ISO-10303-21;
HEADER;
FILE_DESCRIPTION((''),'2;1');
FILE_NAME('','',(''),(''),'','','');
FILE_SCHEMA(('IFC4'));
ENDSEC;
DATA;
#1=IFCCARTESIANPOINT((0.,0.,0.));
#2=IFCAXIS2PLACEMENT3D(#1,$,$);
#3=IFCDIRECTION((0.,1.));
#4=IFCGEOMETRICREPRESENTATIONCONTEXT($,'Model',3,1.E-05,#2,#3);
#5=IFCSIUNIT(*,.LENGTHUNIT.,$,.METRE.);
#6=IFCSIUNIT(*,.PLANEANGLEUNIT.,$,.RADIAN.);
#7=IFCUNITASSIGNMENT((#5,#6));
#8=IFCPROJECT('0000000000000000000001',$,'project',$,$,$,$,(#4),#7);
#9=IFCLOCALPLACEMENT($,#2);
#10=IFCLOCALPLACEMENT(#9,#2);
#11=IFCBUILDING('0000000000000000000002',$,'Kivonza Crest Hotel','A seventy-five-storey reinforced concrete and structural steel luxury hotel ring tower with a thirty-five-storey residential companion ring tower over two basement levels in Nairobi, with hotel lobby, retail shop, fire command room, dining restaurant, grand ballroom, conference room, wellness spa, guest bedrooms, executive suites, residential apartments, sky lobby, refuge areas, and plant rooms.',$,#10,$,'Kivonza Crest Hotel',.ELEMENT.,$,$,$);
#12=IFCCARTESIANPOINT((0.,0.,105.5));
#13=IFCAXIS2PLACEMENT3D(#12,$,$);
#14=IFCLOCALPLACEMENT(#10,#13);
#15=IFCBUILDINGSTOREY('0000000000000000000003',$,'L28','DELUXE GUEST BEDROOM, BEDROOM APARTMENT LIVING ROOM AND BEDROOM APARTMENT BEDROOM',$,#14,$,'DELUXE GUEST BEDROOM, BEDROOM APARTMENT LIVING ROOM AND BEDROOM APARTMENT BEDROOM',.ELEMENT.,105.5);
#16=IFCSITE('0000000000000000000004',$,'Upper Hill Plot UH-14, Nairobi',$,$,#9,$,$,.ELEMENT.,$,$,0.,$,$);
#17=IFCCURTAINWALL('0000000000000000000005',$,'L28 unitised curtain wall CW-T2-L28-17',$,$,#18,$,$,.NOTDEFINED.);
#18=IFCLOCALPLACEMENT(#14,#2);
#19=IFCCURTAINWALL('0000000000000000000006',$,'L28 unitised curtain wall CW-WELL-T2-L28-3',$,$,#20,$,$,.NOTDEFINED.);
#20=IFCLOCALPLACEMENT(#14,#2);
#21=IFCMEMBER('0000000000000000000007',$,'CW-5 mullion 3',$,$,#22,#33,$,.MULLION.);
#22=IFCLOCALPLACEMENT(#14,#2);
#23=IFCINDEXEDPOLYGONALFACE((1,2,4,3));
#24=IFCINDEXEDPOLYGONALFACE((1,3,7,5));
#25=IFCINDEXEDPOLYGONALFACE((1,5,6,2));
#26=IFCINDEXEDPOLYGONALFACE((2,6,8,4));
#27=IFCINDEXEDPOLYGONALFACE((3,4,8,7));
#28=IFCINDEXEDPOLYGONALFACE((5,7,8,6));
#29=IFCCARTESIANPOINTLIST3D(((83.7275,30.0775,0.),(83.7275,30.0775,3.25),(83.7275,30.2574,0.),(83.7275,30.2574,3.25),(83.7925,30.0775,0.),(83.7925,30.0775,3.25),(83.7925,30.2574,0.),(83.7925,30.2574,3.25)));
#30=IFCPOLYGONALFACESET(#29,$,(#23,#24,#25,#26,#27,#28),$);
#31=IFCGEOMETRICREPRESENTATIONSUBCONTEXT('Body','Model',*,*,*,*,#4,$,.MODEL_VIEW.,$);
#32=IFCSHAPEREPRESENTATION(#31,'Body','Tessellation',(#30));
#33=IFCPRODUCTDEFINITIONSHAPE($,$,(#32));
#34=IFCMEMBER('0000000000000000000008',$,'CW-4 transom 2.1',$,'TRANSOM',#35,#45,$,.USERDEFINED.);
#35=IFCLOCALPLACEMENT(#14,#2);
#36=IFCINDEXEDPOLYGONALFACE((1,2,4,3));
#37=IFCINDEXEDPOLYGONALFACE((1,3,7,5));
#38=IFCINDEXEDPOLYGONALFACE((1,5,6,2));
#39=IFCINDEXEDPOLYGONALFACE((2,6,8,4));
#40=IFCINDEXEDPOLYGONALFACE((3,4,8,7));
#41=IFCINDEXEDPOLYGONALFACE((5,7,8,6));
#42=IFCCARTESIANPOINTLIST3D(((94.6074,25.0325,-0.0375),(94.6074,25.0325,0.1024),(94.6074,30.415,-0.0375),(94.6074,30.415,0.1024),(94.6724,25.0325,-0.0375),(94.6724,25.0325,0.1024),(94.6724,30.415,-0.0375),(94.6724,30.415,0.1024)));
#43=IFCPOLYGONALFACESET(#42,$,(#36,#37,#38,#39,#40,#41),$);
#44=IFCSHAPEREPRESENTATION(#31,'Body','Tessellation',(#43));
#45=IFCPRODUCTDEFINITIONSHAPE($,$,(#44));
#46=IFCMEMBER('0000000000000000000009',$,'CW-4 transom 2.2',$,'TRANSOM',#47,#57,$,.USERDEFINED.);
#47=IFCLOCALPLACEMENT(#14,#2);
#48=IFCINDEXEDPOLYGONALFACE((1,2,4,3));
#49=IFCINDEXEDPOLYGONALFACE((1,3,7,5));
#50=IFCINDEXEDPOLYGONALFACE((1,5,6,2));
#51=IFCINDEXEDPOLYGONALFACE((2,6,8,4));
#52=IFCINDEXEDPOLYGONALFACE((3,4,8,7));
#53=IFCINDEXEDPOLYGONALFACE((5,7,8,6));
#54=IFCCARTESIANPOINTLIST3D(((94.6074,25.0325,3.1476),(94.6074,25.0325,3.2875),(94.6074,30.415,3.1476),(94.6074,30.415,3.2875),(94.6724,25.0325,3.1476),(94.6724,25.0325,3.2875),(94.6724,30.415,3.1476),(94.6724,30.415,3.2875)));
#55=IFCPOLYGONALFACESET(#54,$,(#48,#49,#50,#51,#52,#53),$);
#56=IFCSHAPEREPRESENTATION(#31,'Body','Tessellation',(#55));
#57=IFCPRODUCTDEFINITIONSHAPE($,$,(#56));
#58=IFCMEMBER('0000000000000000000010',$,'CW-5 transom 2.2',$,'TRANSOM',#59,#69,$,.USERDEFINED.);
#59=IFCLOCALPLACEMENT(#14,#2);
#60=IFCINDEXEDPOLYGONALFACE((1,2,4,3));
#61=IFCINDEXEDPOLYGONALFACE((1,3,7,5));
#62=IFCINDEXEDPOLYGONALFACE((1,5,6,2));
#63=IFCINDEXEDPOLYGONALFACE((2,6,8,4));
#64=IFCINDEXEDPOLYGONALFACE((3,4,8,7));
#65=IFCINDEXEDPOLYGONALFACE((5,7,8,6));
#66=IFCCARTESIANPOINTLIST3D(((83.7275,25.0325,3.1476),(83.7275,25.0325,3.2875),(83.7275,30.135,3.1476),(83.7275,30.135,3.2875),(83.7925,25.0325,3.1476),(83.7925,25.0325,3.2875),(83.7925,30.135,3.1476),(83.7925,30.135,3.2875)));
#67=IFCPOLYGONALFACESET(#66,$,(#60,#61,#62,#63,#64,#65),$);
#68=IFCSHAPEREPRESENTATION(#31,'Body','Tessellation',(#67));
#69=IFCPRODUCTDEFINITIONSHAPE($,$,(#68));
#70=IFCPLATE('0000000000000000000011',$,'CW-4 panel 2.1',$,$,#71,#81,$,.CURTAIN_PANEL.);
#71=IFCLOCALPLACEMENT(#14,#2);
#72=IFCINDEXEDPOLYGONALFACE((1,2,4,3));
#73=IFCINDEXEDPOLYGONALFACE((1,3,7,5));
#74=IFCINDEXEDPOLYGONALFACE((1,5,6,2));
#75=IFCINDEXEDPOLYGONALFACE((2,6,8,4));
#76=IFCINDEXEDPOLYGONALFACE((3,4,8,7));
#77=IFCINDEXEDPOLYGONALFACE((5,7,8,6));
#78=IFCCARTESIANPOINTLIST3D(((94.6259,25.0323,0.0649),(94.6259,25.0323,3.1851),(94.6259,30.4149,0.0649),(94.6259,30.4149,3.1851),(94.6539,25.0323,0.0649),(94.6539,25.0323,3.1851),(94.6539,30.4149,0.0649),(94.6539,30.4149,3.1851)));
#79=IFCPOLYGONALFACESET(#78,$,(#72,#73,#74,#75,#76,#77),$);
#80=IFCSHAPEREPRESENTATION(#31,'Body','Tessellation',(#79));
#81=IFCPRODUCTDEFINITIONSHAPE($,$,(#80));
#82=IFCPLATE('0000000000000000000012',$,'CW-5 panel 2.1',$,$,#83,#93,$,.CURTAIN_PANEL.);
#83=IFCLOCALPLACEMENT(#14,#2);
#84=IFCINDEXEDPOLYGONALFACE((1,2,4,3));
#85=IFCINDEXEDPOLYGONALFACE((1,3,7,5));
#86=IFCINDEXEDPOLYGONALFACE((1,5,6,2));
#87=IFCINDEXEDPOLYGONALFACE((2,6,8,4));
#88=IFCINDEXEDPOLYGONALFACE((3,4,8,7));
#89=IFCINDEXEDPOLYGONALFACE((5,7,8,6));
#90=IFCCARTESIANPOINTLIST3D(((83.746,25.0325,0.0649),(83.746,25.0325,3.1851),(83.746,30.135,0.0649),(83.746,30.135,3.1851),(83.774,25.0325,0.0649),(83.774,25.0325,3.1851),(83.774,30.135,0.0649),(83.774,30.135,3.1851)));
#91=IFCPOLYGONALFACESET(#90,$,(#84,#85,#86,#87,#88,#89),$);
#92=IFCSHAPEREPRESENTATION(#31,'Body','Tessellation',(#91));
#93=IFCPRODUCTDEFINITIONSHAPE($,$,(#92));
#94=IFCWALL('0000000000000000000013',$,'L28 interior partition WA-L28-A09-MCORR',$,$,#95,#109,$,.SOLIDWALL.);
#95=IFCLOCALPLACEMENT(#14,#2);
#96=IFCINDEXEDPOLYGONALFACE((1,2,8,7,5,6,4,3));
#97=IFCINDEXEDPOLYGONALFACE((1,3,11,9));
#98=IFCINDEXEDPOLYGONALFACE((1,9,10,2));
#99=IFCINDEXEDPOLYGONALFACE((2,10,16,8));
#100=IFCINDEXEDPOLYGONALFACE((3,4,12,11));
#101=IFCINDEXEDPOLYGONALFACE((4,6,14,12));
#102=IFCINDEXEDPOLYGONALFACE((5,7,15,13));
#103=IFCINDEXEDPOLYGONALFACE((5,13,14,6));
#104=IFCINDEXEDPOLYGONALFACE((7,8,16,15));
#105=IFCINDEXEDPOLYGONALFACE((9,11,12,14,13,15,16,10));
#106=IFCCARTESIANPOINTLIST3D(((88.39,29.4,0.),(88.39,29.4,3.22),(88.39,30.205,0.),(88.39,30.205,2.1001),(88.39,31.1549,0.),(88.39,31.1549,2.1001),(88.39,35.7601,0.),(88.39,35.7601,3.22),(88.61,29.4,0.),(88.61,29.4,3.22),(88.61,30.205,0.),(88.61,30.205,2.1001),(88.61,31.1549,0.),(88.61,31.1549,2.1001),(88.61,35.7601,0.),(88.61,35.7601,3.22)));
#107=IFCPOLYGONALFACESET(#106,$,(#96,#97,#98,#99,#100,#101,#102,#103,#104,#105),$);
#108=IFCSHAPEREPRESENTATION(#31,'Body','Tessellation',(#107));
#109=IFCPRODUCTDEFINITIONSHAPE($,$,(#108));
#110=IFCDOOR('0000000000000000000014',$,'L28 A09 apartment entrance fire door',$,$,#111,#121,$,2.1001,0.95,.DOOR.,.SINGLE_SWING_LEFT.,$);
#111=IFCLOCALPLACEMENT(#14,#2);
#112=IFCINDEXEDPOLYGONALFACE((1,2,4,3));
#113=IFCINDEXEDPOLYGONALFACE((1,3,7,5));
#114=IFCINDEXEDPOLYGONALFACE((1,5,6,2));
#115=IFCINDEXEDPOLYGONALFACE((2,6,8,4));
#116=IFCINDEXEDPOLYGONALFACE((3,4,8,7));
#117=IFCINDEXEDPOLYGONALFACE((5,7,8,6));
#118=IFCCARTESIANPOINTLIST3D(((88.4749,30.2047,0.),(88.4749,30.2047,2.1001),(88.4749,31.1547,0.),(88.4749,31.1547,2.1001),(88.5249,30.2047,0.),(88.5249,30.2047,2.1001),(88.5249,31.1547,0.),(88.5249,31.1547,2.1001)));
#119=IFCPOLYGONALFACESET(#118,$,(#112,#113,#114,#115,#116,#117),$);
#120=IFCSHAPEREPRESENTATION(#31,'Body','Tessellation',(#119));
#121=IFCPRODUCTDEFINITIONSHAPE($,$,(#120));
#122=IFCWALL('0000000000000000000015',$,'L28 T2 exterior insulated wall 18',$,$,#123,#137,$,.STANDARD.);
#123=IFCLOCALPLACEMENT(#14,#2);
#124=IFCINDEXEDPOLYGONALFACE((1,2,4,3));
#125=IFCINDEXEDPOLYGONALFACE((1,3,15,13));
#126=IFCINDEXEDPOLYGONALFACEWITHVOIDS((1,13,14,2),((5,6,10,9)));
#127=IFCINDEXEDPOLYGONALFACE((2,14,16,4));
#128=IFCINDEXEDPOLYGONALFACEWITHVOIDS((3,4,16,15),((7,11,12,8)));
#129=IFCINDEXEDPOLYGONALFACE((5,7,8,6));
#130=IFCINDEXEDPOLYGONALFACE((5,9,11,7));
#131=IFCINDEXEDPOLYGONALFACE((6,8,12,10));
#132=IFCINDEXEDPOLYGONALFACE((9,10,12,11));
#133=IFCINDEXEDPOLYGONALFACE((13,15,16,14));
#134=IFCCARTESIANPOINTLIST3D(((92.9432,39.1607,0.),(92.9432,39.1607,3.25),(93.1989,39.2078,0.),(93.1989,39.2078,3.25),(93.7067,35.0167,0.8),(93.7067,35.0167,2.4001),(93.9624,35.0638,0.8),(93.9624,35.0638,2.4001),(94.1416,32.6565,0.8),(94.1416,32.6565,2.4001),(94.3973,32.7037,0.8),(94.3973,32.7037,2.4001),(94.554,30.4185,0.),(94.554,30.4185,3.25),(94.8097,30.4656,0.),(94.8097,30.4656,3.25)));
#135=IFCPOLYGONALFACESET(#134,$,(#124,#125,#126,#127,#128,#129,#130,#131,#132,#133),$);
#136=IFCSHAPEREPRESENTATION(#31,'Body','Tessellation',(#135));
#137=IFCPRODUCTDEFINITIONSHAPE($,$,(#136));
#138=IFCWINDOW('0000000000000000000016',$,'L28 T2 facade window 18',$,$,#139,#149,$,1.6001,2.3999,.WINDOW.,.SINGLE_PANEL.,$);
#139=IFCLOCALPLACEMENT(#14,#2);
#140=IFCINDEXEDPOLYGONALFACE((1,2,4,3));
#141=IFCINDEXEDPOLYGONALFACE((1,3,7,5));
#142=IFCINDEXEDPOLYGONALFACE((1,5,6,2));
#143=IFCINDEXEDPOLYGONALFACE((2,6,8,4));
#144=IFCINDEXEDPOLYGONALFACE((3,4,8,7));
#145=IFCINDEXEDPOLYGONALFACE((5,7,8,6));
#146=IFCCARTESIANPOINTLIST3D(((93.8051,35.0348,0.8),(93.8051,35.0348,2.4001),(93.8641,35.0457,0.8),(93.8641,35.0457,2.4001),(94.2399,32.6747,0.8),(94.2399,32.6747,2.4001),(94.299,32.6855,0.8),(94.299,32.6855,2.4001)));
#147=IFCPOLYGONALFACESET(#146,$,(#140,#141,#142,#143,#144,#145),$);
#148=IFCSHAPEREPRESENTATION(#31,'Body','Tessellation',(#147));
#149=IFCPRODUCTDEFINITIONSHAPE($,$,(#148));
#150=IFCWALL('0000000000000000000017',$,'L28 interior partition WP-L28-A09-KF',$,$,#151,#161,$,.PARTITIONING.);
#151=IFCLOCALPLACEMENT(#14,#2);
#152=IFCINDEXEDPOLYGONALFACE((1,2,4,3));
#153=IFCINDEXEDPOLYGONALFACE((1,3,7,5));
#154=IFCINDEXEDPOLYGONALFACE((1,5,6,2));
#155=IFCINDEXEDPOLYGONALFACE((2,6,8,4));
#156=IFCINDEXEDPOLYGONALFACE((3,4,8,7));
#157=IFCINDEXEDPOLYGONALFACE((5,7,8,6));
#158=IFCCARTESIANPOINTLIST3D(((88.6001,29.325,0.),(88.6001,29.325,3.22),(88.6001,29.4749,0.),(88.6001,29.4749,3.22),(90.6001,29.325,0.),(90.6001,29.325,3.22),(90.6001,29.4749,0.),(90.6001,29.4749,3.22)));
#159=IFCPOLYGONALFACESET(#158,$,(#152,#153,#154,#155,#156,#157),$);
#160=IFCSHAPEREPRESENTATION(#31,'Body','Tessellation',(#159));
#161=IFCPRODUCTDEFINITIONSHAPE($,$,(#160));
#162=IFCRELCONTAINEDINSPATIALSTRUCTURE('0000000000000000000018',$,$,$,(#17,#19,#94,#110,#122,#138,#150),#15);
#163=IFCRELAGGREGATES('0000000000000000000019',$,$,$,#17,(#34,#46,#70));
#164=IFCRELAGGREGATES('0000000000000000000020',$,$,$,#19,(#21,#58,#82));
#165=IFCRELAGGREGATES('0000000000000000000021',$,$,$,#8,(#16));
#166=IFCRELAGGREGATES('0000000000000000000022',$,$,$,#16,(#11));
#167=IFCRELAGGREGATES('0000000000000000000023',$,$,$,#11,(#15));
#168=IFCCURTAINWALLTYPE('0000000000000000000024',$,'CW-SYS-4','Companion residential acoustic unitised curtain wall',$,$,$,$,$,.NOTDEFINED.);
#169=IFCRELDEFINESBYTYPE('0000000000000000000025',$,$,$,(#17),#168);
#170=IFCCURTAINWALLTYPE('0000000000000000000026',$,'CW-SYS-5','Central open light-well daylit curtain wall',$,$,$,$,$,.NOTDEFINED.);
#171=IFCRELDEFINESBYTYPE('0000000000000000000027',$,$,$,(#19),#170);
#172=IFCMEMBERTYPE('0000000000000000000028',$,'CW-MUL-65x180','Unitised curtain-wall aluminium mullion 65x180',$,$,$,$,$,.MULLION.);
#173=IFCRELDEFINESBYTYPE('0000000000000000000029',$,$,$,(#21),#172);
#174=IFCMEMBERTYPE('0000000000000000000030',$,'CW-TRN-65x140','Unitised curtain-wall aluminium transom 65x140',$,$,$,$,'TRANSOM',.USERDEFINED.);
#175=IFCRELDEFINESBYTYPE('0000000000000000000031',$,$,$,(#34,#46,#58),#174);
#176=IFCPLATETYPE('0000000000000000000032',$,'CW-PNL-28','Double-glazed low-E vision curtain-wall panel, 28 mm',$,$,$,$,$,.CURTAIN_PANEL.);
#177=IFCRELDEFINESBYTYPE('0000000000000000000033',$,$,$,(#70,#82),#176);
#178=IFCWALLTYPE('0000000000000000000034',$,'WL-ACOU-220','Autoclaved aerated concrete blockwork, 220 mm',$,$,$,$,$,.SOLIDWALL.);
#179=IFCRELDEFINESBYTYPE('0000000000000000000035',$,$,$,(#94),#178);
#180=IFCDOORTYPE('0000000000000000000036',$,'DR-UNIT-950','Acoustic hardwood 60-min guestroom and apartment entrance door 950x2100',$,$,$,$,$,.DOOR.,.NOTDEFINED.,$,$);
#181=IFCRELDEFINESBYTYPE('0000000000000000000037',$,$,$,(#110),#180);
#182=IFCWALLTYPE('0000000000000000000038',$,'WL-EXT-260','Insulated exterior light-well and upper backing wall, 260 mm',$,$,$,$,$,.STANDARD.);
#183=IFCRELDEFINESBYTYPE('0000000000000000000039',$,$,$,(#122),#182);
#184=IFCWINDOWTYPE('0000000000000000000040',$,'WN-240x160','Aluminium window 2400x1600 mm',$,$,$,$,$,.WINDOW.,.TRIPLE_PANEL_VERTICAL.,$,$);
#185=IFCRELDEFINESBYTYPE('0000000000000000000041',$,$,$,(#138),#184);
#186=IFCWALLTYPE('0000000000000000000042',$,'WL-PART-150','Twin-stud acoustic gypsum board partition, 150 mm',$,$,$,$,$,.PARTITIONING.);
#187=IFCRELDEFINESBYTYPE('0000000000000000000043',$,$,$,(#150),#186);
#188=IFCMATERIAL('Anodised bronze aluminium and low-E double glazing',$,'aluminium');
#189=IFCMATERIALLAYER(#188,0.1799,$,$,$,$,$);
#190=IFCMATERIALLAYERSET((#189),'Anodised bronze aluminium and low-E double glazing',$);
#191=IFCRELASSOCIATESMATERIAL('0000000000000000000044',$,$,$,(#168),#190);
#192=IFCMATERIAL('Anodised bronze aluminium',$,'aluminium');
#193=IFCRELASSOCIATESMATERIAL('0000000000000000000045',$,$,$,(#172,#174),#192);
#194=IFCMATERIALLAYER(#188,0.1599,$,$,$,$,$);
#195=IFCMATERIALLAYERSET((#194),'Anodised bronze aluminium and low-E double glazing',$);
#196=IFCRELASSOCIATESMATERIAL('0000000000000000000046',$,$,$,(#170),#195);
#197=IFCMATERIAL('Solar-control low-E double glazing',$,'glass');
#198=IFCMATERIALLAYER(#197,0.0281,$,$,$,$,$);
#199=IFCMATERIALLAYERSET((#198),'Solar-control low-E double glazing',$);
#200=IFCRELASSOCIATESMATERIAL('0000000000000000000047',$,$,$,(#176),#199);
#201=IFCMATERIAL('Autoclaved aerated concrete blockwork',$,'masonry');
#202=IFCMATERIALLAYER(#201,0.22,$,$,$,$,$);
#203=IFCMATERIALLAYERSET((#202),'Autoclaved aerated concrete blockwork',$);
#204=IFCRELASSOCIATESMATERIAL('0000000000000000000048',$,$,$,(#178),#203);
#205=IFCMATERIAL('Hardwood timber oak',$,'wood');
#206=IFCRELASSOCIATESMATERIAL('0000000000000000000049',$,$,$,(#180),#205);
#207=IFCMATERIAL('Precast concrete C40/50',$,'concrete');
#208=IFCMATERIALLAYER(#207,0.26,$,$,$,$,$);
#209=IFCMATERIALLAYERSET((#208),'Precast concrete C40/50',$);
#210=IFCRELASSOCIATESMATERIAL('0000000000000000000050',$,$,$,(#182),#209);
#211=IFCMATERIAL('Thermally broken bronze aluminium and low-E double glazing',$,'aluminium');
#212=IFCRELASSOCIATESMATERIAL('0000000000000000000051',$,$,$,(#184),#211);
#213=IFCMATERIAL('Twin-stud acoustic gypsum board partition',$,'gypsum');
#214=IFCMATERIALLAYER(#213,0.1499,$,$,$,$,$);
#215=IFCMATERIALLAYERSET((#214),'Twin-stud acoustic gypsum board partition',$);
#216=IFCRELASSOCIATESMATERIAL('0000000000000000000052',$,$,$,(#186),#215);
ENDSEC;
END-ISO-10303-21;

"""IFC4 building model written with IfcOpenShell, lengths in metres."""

from ifc_helpers import new_model, si_unit, direction, frame, frame_2d, origin, origin_2d, place, context, subcontext, project, spatial, rectangle, extrude, material, layer, layer_set, material_profile, profile_set, type_object, element, fill, aggregate, save


model = new_model("IFC4")

# Units and contexts
model_context = context("Model", 3, precision=1e-05, world=origin(), true_north=direction((0.0, 1.0)))
body_context = subcontext(model_context, "Body", "Model", "MODEL_VIEW")
ifc_project = project(units=[si_unit("LENGTHUNIT", "METRE"), si_unit("PLANEANGLEUNIT", "RADIAN")], contexts=[model_context])

# Site, building, storey
site_placement = place(None, origin())
site = spatial("IfcSite", under=ifc_project, at=site_placement, Name="Upper Hill Plot UH-14, Nairobi", CompositionType="ELEMENT", RefElevation=0.0)
building_placement = place(site_placement, origin())
building = spatial("IfcBuilding", under=site, at=building_placement, Name="Kivonza Crest Hotel", Description="A seventy-five-storey reinforced concrete and structural steel luxury hotel ring tower with a thirty-five-storey residential companion ring tower over two basement levels in Nairobi, with hotel lobby, retail shop, fire command room, dining restaurant, grand ballroom, conference room, wellness spa, guest bedrooms, executive suites, residential apartments, sky lobby, refuge areas, and plant rooms.", LongName="Kivonza Crest Hotel", CompositionType="ELEMENT")
storey_placement = place(building_placement, frame((0.0, 0.0, 105.5)))
storey = spatial("IfcBuildingStorey", under=building, at=storey_placement, Name="L28", Description="DELUXE GUEST BEDROOM, BEDROOM APARTMENT LIVING ROOM AND BEDROOM APARTMENT BEDROOM", LongName="DELUXE GUEST BEDROOM, BEDROOM APARTMENT LIVING ROOM AND BEDROOM APARTMENT BEDROOM", CompositionType="ELEMENT", Elevation=105.5)

# Curtain walls, member
ifc_material_1 = material(Name="Anodised bronze aluminium and low-E double glazing", Category="aluminium")
ifc_layer_1 = layer(ifc_material_1, 0.1799)
ifc_layer_set_1 = layer_set([ifc_layer_1], Name="Anodised bronze aluminium and low-E double glazing")
curtain_wall_type_1 = type_object("IfcCurtainWallType", Name="CW-SYS-4", Description="Companion residential acoustic unitised curtain wall", PredefinedType="NOTDEFINED", material=ifc_layer_set_1)
curtain_wall_1_placement = place(storey_placement, origin())
curtain_wall_1 = element("IfcCurtainWall", 1, at=curtain_wall_1_placement, inside=storey, type_object=curtain_wall_type_1, Name="L28 unitised curtain wall CW-T2-L28-17", PredefinedType="NOTDEFINED")
ifc_material_2 = material(Name="Anodised bronze aluminium", Category="aluminium")
ifc_material_profile_1 = material_profile(ifc_material_2, rectangle(XDim=0.0649, YDim=0.1799, at=origin_2d()), Name="CW-M 65x180")
ifc_profile_set_1 = profile_set([ifc_material_profile_1], Name="Anodised bronze aluminium")
member_type_1 = type_object("IfcMemberType", Name="CW-MUL-65x180", Description="Unitised curtain-wall aluminium mullion 65x180", PredefinedType="MULLION", material=ifc_profile_set_1)
ifc_layer_2 = layer(ifc_material_1, 0.1599)
ifc_layer_set_2 = layer_set([ifc_layer_2], Name="Anodised bronze aluminium and low-E double glazing")
curtain_wall_type_2 = type_object("IfcCurtainWallType", Name="CW-SYS-5", Description="Central open light-well daylit curtain wall", PredefinedType="NOTDEFINED", material=ifc_layer_set_2)
curtain_wall_2_placement = place(storey_placement, origin())
curtain_wall_2 = element("IfcCurtainWall", 2, at=curtain_wall_2_placement, inside=storey, type_object=curtain_wall_type_2, Name="L28 unitised curtain wall CW-WELL-T2-L28-3", PredefinedType="NOTDEFINED")
member_1_placement = place(storey_placement, frame((83.76, 30.1675, 0.0), z_axis=(0.0, 0.0, 1.0), x_axis=(-1.0, 0.0, 0.0)))
member_1 = element("IfcMember", 3, at=member_1_placement, type_object=member_type_1, Name="CW-5 mullion 3", PredefinedType="MULLION", context=body_context, shape_type="SweptSolid", body=[
    extrude(rectangle(XDim=0.0649, YDim=0.1799, at=origin_2d()), origin(), (0.0, 0.0, 1.0), 3.25),
])

# Members
ifc_material_profile_2 = material_profile(ifc_material_2, rectangle(XDim=0.0649, YDim=0.1399, at=origin_2d()), Name="CW-T 65x140")
ifc_profile_set_2 = profile_set([ifc_material_profile_2], Name="Anodised bronze aluminium")
member_type_2 = type_object("IfcMemberType", Name="CW-TRN-65x140", Description="Unitised curtain-wall aluminium transom 65x140", ElementType="TRANSOM", PredefinedType="USERDEFINED", material=ifc_profile_set_2)
member_2_placement = place(storey_placement, frame((94.6399, 25.0325, 0.0325), z_axis=(0.0, 1.0, 0.0), x_axis=(-1.0, 0.0, 0.0)))
member_2 = element("IfcMember", 4, at=member_2_placement, type_object=member_type_2, Name="CW-4 transom 2.1", ObjectType="TRANSOM", PredefinedType="USERDEFINED", context=body_context, shape_type="SweptSolid", body=[
    extrude(rectangle(XDim=0.0649, YDim=0.1399, at=origin_2d()), origin(), (0.0, 0.0, 1.0), 5.3826),
])
member_3_placement = place(storey_placement, frame((94.6399, 25.0325, 3.2175), z_axis=(0.0, 1.0, 0.0), x_axis=(-1.0, 0.0, 0.0)))
member_3 = element("IfcMember", 5, at=member_3_placement, type_object=member_type_2, Name="CW-4 transom 2.2", ObjectType="TRANSOM", PredefinedType="USERDEFINED", context=body_context, shape_type="SweptSolid", body=[
    extrude(rectangle(XDim=0.0649, YDim=0.1399, at=origin_2d()), origin(), (0.0, 0.0, 1.0), 5.3826),
])
member_4_placement = place(storey_placement, frame((83.76, 25.0325, 3.2175), z_axis=(0.0, 1.0, 0.0), x_axis=(-1.0, 0.0, 0.0)))
member_4 = element("IfcMember", 6, at=member_4_placement, type_object=member_type_2, Name="CW-5 transom 2.2", ObjectType="TRANSOM", PredefinedType="USERDEFINED", context=body_context, shape_type="SweptSolid", body=[
    extrude(rectangle(XDim=0.0649, YDim=0.1399, at=origin_2d()), origin(), (0.0, 0.0, 1.0), 5.1025),
])

# Plates
ifc_material_3 = material(Name="Solar-control low-E double glazing", Category="glass")
ifc_layer_3 = layer(ifc_material_3, 0.0281)
ifc_layer_set_3 = layer_set([ifc_layer_3], Name="Solar-control low-E double glazing")
plate_type = type_object("IfcPlateType", Name="CW-PNL-28", Description="Double-glazed low-E vision curtain-wall panel, 28 mm", PredefinedType="CURTAIN_PANEL", material=ifc_layer_set_3)
plate_1_placement = place(storey_placement, frame((94.6399, 27.7236, 0.0649), z_axis=(0.0, 0.0, 1.0), x_axis=(0.0, 1.0, 0.0)))
plate_1 = element("IfcPlate", 7, at=plate_1_placement, type_object=plate_type, Name="CW-4 panel 2.1", PredefinedType="CURTAIN_PANEL", context=body_context, shape_type="SweptSolid", body=[
    extrude(rectangle(XDim=5.3826, YDim=0.0281, at=origin_2d()), origin(), (0.0, 0.0, 1.0), 3.1201),
])
aggregate(curtain_wall_1, [member_2, member_3, plate_1])
plate_2_placement = place(storey_placement, frame((83.76, 27.5837, 0.0649), z_axis=(0.0, 0.0, 1.0), x_axis=(0.0, 1.0, 0.0)))
plate_2 = element("IfcPlate", 8, at=plate_2_placement, type_object=plate_type, Name="CW-5 panel 2.1", PredefinedType="CURTAIN_PANEL", context=body_context, shape_type="SweptSolid", body=[
    extrude(rectangle(XDim=5.1025, YDim=0.0281, at=origin_2d()), origin(), (0.0, 0.0, 1.0), 3.1201),
])
aggregate(curtain_wall_2, [member_1, member_4, plate_2])

# Wall, opening, door
ifc_material_4 = material(Name="Autoclaved aerated concrete blockwork", Category="masonry")
ifc_layer_4 = layer(ifc_material_4, 0.22)
ifc_layer_set_4 = layer_set([ifc_layer_4], Name="Autoclaved aerated concrete blockwork")
wall_type_1 = type_object("IfcWallType", Name="WL-ACOU-220", Description="Autoclaved aerated concrete blockwork, 220 mm", PredefinedType="SOLIDWALL", material=ifc_layer_set_4)
wall_1_placement = place(storey_placement, frame((88.5, 29.3999, 0.0), z_axis=(0.0, 0.0, 1.0), x_axis=(0.0, 1.0, 0.0)))
wall_1 = element("IfcWall", 9, at=wall_1_placement, inside=storey, type_object=wall_type_1, Name="L28 interior partition WA-L28-A09-MCORR", PredefinedType="SOLIDWALL", context=body_context, shape_type="SweptSolid", body=[
    extrude(rectangle(XDim=6.3601, YDim=0.22, at=frame_2d((3.1802, 0.0))), origin(), (0.0, 0.0, 1.0), 3.22),
])
opening_1_placement = place(wall_1_placement, frame((0.8049, 0.0, 0.0)))
opening_1 = element("IfcOpeningElement", 10, at=opening_1_placement, cuts=wall_1, PredefinedType="OPENING", context=body_context, shape_type="SweptSolid", body=[
    extrude(rectangle(XDim=0.95, YDim=2.1001, at=frame_2d((0.4751, 1.05))), frame((0.0, 0.1201, 0.0), z_axis=(0.0, -1.0, 0.0), x_axis=(1.0, 0.0, 0.0)), (0.0, 0.0, 1.0), 0.24),
])
ifc_material_5 = material(Name="Hardwood timber oak", Category="wood")
door_type_1 = type_object("IfcDoorType", Name="DR-UNIT-950", Description="Acoustic hardwood 60-min guestroom and apartment entrance door 950x2100", OperationType="NOTDEFINED", PredefinedType="DOOR", material=ifc_material_5)
door_1_placement = place(opening_1_placement, frame((0.95, 0.0, 0.0), z_axis=(0.0, 0.0, 1.0), x_axis=(-1.0, 0.0, 0.0)))
door_1 = element("IfcDoor", 11, at=door_1_placement, inside=storey, type_object=door_type_1, Name="L28 A09 apartment entrance fire door", OperationType="SINGLE_SWING_LEFT", OverallHeight=2.1001, OverallWidth=0.95, PredefinedType="DOOR", context=body_context, shape_type="SweptSolid", body=[
    extrude(rectangle(XDim=0.95, YDim=2.1001, at=frame_2d((0.4751, 1.05))), frame((0.0, 0.0249, 0.0), z_axis=(0.0, -1.0, 0.0), x_axis=(1.0, 0.0, 0.0)), (0.0, 0.0, 1.0), 0.05),
])
fill(opening_1, door_1)

# Wall, opening, window
ifc_material_6 = material(Name="Precast concrete C40/50", Category="concrete")
ifc_layer_5 = layer(ifc_material_6, 0.26)
ifc_layer_set_5 = layer_set([ifc_layer_5], Name="Precast concrete C40/50")
wall_type_2 = type_object("IfcWallType", Name="WL-EXT-260", Description="Insulated exterior light-well and upper backing wall, 260 mm", PredefinedType="STANDARD", material=ifc_layer_set_5)
wall_2_placement = place(storey_placement, frame((94.6819, 30.4419, 0.0), z_axis=(0.0, 0.0, 1.0), x_axis=(-0.18121, 0.983444, 0.0)))
wall_2 = element("IfcWall", 12, at=wall_2_placement, inside=storey, type_object=wall_type_2, Name="L28 T2 exterior insulated wall 18", PredefinedType="STANDARD", context=body_context, shape_type="SweptSolid", body=[
    extrude(rectangle(XDim=8.8894, YDim=0.26, at=frame_2d((4.4448, 0.0))), origin(), (0.0, 0.0, 1.0), 3.25),
])
opening_2_placement = place(wall_2_placement, frame((2.2759, 0.0, 0.8)))
opening_2 = element("IfcOpeningElement", 13, at=opening_2_placement, cuts=wall_2, PredefinedType="OPENING", context=body_context, shape_type="SweptSolid", body=[
    extrude(rectangle(XDim=2.3999, YDim=1.6001, at=frame_2d((1.2, 0.8))), frame((0.0, 0.1401, 0.0), z_axis=(0.0, -1.0, 0.0), x_axis=(1.0, 0.0, 0.0)), (0.0, 0.0, 1.0), 0.28),
])
ifc_material_7 = material(Name="Thermally broken bronze aluminium and low-E double glazing", Category="aluminium")
window_type = type_object("IfcWindowType", Name="WN-240x160", Description="Aluminium window 2400x1600 mm", PartitioningType="TRIPLE_PANEL_VERTICAL", PredefinedType="WINDOW", material=ifc_material_7)
window_placement = place(opening_2_placement, origin())
window = element("IfcWindow", 14, at=window_placement, inside=storey, type_object=window_type, Name="L28 T2 facade window 18", OverallHeight=1.6001, OverallWidth=2.3999, PartitioningType="SINGLE_PANEL", PredefinedType="WINDOW", context=body_context, shape_type="SweptSolid", body=[
    extrude(rectangle(XDim=2.3999, YDim=1.6001, at=frame_2d((1.2, 0.8))), frame((0.0, 0.03, 0.0), z_axis=(0.0, -1.0, 0.0), x_axis=(1.0, 0.0, 0.0)), (0.0, 0.0, 1.0), 0.0601),
])
fill(opening_2, window)

# Wall
ifc_material_8 = material(Name="Twin-stud acoustic gypsum board partition", Category="gypsum")
ifc_layer_6 = layer(ifc_material_8, 0.1499)
ifc_layer_set_6 = layer_set([ifc_layer_6], Name="Twin-stud acoustic gypsum board partition")
wall_type_3 = type_object("IfcWallType", Name="WL-PART-150", Description="Twin-stud acoustic gypsum board partition, 150 mm", PredefinedType="PARTITIONING", material=ifc_layer_set_6)
wall_3_placement = place(storey_placement, frame((88.6001, 29.3999, 0.0), z_axis=(0.0, 0.0, 1.0), x_axis=(1.0, 0.0, 0.0)))
element("IfcWall", 15, at=wall_3_placement, inside=storey, type_object=wall_type_3, Name="L28 interior partition WP-L28-A09-KF", PredefinedType="PARTITIONING", context=body_context, shape_type="SweptSolid", body=[
    extrude(rectangle(XDim=2.0, YDim=0.1499, at=frame_2d((1.0, 0.0))), origin(), (0.0, 0.0, 1.0), 3.22),
])

save(model, "model.ifc")
